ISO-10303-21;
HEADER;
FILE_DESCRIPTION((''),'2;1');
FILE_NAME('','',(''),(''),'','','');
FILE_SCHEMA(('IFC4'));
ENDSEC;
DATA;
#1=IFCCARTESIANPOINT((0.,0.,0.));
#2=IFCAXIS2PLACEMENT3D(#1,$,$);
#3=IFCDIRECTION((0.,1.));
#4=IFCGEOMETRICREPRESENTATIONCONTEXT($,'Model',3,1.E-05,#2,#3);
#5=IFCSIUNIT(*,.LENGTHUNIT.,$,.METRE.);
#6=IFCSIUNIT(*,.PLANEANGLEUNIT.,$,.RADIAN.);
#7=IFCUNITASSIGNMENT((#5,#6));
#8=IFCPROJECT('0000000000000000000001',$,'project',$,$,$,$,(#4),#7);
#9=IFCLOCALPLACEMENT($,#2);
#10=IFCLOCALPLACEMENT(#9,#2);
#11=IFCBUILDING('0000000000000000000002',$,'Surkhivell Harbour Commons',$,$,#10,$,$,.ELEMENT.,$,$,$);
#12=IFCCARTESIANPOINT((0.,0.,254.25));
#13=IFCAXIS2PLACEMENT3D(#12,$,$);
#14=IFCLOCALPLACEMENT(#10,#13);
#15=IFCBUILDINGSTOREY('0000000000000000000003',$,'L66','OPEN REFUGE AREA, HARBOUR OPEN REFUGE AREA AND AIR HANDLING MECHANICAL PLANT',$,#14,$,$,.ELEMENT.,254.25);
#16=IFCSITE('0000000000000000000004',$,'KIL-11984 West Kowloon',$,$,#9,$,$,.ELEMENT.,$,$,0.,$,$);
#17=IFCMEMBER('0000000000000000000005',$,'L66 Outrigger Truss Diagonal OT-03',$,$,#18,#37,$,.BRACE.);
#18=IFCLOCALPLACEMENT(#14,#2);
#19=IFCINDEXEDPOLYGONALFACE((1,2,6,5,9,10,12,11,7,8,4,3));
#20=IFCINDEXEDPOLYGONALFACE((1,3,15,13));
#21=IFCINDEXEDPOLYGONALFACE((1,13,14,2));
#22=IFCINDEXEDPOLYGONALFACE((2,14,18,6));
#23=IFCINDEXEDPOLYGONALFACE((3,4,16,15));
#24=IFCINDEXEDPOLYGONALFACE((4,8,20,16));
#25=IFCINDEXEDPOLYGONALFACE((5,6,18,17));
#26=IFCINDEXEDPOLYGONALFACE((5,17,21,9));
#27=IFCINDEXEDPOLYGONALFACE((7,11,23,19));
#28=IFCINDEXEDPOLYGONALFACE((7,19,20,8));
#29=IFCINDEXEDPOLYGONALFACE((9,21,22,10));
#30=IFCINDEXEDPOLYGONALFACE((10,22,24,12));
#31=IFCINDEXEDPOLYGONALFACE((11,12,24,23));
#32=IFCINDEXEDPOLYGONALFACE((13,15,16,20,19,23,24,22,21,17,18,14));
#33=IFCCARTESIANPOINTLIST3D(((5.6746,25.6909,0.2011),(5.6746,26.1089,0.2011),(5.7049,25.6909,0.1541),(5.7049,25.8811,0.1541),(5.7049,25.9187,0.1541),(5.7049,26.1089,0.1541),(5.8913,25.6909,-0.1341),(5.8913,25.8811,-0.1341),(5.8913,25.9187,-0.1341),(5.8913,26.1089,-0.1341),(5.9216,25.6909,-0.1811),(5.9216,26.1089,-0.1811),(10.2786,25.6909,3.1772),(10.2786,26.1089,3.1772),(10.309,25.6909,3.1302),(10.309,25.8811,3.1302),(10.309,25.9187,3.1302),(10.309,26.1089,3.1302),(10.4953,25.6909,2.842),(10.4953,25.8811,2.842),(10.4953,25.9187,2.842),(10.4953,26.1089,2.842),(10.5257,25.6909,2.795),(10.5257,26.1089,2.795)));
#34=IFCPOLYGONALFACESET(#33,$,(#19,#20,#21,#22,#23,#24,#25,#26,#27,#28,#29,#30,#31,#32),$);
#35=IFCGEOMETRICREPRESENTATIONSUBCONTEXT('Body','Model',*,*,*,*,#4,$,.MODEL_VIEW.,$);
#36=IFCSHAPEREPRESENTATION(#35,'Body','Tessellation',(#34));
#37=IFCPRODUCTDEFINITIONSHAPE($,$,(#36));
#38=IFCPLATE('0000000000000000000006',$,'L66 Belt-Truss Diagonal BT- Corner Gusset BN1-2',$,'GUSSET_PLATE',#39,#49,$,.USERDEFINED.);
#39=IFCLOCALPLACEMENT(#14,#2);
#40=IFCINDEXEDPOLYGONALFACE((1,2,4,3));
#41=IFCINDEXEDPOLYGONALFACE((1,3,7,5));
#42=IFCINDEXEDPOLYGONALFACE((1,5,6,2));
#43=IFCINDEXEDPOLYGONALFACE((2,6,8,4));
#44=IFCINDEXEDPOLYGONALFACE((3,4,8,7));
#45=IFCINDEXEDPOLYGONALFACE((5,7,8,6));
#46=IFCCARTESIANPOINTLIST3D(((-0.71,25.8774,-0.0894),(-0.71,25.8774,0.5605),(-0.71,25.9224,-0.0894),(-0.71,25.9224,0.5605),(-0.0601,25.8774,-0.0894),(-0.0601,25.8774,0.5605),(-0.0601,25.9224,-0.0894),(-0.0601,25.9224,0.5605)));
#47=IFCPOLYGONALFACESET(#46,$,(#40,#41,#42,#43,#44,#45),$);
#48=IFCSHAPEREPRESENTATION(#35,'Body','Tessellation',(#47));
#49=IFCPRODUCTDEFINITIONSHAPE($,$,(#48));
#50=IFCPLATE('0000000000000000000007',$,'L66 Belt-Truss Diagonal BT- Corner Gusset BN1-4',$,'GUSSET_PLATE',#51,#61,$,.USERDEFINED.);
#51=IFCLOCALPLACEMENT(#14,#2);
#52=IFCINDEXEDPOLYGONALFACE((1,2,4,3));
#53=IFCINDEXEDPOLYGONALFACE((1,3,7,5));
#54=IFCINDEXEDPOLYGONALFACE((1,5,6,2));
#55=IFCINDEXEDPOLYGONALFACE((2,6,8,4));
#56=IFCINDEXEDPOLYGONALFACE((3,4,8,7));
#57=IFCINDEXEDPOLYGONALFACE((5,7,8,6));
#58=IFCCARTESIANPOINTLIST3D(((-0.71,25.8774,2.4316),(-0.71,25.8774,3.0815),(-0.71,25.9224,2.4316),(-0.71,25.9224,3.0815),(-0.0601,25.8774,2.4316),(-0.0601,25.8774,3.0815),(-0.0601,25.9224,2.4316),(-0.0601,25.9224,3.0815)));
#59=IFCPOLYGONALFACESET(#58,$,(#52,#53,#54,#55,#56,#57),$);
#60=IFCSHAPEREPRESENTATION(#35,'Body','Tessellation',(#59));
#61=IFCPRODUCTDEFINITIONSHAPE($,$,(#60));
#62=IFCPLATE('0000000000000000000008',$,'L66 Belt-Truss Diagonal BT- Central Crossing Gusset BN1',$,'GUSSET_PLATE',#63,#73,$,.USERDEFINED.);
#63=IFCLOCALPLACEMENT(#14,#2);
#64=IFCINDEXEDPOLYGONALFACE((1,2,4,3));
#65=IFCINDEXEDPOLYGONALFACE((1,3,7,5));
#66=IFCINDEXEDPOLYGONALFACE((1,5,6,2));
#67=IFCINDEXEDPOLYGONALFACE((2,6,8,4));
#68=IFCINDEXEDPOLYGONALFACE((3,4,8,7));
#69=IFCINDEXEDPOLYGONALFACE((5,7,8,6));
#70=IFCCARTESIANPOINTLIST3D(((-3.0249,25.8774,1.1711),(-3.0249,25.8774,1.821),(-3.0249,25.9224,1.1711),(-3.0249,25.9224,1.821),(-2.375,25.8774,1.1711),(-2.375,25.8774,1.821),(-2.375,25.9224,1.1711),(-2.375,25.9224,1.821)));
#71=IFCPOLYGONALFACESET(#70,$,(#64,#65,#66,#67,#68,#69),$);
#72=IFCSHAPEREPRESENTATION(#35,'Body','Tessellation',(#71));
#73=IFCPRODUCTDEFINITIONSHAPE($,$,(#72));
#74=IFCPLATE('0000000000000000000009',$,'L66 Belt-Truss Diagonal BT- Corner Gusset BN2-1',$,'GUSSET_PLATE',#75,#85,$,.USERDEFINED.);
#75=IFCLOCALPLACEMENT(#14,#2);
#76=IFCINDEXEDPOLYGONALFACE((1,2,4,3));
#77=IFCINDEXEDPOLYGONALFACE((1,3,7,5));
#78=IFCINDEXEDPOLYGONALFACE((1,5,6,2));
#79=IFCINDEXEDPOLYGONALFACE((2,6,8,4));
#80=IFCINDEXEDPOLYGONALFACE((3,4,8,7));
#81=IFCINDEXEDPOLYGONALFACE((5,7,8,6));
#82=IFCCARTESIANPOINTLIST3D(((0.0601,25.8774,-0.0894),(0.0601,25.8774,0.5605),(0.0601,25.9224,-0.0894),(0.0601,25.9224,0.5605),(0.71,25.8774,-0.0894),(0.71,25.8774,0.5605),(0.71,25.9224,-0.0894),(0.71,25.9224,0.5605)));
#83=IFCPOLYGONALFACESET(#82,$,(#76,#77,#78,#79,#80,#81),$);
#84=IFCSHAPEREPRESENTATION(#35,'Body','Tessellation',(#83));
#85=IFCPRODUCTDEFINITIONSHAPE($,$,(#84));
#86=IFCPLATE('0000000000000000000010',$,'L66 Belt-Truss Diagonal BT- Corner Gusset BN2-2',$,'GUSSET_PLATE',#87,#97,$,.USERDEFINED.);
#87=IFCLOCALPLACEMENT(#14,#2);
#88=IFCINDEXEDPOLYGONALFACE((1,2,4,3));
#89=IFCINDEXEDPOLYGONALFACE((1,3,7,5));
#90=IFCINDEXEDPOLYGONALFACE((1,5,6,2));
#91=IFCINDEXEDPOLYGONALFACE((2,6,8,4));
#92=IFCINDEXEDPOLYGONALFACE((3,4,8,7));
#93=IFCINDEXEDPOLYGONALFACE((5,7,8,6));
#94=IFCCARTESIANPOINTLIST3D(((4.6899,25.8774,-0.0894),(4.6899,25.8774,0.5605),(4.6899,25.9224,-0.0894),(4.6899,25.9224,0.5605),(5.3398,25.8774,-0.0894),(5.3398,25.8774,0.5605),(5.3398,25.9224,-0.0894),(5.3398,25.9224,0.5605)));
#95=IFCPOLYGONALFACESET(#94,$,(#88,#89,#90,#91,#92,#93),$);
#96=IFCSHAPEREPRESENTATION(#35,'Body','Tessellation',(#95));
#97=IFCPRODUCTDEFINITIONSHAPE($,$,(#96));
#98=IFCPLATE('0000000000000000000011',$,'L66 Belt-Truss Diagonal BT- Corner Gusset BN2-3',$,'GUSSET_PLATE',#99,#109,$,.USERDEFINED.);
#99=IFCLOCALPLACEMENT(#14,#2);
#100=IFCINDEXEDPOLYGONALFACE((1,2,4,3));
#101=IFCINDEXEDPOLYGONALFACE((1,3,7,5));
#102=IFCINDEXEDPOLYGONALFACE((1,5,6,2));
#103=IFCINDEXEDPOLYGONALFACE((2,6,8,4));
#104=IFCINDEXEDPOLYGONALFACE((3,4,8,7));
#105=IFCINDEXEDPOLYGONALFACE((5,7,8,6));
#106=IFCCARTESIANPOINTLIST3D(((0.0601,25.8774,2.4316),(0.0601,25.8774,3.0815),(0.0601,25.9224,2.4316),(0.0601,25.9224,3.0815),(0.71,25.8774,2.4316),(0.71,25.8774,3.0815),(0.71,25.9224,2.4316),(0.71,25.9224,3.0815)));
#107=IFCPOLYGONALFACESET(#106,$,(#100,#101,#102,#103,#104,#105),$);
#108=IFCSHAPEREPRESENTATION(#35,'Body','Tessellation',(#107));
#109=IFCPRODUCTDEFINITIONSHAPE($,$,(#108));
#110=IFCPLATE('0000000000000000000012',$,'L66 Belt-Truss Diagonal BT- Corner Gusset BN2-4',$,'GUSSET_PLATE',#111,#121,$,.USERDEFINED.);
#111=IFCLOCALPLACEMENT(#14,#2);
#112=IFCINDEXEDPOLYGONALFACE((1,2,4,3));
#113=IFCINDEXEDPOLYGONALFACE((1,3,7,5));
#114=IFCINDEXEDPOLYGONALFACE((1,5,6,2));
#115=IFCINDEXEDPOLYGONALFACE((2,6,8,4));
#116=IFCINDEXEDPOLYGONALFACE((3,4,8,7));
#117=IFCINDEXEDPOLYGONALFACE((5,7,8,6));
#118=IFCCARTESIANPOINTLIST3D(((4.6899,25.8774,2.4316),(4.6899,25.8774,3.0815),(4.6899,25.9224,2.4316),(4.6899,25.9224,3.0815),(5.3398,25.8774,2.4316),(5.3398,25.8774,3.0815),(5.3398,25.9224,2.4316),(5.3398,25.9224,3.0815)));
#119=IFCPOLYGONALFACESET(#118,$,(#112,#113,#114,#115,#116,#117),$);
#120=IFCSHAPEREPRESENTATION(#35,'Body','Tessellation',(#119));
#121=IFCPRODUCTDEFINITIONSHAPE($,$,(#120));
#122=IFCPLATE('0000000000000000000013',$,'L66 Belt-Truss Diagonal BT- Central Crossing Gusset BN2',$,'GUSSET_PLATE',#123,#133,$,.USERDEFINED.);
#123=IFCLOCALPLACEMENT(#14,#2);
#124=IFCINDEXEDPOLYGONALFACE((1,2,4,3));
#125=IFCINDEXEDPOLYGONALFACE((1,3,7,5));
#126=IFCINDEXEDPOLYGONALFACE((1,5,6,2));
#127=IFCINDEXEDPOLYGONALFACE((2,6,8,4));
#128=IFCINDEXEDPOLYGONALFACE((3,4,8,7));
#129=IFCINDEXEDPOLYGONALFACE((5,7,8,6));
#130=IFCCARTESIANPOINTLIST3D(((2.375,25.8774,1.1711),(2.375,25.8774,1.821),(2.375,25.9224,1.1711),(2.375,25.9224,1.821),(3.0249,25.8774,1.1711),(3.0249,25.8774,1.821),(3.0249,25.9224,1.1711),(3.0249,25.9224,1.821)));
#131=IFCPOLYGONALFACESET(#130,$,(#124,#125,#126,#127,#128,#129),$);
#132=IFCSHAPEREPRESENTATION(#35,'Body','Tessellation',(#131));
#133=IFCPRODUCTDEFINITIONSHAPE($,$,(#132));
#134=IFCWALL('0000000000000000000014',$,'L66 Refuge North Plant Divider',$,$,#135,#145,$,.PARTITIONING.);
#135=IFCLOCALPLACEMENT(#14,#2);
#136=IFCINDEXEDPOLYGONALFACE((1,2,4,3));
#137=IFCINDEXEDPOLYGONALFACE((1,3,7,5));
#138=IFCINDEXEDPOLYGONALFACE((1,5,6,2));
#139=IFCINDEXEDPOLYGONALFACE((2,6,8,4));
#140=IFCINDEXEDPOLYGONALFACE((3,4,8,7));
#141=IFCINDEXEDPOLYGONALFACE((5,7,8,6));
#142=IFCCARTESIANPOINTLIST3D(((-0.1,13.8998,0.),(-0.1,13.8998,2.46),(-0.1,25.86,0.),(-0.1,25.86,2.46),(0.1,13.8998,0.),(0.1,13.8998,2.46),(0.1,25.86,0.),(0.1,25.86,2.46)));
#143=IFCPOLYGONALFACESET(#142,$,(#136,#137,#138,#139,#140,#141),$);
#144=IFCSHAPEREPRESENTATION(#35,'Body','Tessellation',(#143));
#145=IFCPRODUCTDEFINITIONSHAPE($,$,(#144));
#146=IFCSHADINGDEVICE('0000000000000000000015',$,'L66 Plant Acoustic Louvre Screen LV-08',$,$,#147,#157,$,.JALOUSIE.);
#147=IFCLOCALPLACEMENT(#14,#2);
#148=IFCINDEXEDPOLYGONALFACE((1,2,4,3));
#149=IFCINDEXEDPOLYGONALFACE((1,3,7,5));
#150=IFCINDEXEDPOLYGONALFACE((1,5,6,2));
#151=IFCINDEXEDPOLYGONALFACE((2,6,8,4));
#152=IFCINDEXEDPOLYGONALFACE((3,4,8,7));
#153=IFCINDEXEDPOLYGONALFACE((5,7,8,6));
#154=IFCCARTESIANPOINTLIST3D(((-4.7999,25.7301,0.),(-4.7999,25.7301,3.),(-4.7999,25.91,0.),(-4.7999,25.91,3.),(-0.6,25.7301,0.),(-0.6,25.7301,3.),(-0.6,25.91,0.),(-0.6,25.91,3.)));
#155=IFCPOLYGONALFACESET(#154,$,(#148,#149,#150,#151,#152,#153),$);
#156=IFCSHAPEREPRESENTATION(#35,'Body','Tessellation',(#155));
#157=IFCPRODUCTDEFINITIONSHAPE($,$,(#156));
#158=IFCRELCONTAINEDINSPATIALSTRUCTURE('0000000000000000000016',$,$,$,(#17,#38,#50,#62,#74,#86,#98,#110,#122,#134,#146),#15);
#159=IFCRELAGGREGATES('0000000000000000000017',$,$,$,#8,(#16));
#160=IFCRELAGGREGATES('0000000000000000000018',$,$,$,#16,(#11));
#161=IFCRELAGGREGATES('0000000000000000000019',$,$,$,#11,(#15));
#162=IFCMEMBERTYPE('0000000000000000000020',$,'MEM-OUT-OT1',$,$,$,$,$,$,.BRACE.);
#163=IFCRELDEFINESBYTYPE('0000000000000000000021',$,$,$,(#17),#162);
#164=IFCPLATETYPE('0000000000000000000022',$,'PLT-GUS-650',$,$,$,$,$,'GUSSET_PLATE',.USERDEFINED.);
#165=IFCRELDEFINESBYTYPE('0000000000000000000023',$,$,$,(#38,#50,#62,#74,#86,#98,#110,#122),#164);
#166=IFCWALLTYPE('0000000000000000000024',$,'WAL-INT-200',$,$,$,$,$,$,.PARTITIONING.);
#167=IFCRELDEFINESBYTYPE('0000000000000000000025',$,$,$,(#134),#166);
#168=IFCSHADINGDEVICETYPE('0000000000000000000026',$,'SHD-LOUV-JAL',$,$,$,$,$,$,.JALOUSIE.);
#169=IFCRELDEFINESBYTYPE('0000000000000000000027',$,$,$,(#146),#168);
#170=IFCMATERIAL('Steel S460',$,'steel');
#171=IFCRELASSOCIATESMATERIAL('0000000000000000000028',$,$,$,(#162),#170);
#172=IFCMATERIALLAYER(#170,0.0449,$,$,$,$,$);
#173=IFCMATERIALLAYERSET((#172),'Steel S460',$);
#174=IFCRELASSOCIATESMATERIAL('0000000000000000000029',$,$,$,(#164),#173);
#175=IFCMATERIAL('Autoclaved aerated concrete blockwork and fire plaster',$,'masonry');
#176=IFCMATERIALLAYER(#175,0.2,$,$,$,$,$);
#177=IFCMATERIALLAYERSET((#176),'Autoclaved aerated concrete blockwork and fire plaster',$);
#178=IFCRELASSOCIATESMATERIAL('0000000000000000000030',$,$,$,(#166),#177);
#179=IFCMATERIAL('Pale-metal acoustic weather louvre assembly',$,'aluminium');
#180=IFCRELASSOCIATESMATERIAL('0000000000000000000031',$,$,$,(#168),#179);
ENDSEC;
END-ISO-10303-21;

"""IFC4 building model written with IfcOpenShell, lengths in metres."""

from ifc_helpers import new_model, si_unit, direction, frame, frame_2d, origin, origin_2d, place, context, subcontext, project, spatial, rectangle, i_section, extrude, material, layer, layer_set, material_profile, profile_set, type_object, element, save


model = new_model("IFC4")

# Units and contexts
model_context = context("Model", 3, precision=1e-05, world=origin(), true_north=direction((0.0, 1.0)))
body_context = subcontext(model_context, "Body", "Model", "MODEL_VIEW")
ifc_project = project(units=[si_unit("LENGTHUNIT", "METRE"), si_unit("PLANEANGLEUNIT", "RADIAN")], contexts=[model_context])

# Site, building, storey
site_placement = place(None, origin())
site = spatial("IfcSite", under=ifc_project, at=site_placement, Name="KIL-11984 West Kowloon", CompositionType="ELEMENT", RefElevation=0.0)
building_placement = place(site_placement, origin())
building = spatial("IfcBuilding", under=site, at=building_placement, Name="Surkhivell Harbour Commons", CompositionType="ELEMENT")
storey_placement = place(building_placement, frame((0.0, 0.0, 254.25)))
storey = spatial("IfcBuildingStorey", under=building, at=storey_placement, Name="L66", Description="OPEN REFUGE AREA, HARBOUR OPEN REFUGE AREA AND AIR HANDLING MECHANICAL PLANT", CompositionType="ELEMENT", Elevation=254.25)

# Shared definitions
ifc_material_1 = material(Name="Steel S460", Category="steel")

# Member
ifc_material_profile_1 = material_profile(ifc_material_1, i_section(OverallWidth=0.418, OverallDepth=0.4551, WebThickness=0.0376, FlangeThickness=0.0559, at=origin_2d()), Name="HD400x551")
ifc_profile_set_1 = profile_set([ifc_material_profile_1], Name="Steel S460")
member_type_1 = type_object("IfcMemberType", Name="MEM-OUT-OT1", PredefinedType="BRACE", material=ifc_profile_set_1)
member_1_placement = place(storey_placement, frame((5.7981, 25.8999, 0.01), z_axis=(0.839819, 0.0, 0.542867), x_axis=(0.0, 1.0, 0.0)))
element("IfcMember", 1, at=member_1_placement, inside=storey, type_object=member_type_1, Name="L66 Outrigger Truss Diagonal OT-03", PredefinedType="BRACE", context=body_context, shape_type="SweptSolid", body=[
    extrude(i_section(OverallWidth=0.418, OverallDepth=0.4551, WebThickness=0.0376, FlangeThickness=0.0559, at=origin_2d()), origin(), (0.0, 0.0, 1.0), 5.4822),
])

# Plates
ifc_layer_1 = layer(ifc_material_1, 0.0449)
ifc_layer_set_1 = layer_set([ifc_layer_1], Name="Steel S460")
plate_type = type_object("IfcPlateType", Name="PLT-GUS-650", ElementType="GUSSET_PLATE", PredefinedType="USERDEFINED", material=ifc_layer_set_1)
for number, where, z_axis, x_axis, name in (
    (2, (-0.385, 25.8999, -0.0894), (0.0, 0.0, 1.0), (1.0, 0.0, 0.0), "L66 Belt-Truss Diagonal BT- Corner Gusset BN1-2"),
    (3, (-0.385, 25.8999, 2.4316), (0.0, 0.0, 1.0), (1.0, 0.0, 0.0), "L66 Belt-Truss Diagonal BT- Corner Gusset BN1-4"),
    (4, (-2.7, 25.8999, 1.1711), (0.0, 0.0, 1.0), (1.0, 0.0, 0.0), "L66 Belt-Truss Diagonal BT- Central Crossing Gusset BN1"),
    (5, (0.385, 25.8999, -0.0894), (0.0, 0.0, 1.0), (1.0, 0.0, 0.0), "L66 Belt-Truss Diagonal BT- Corner Gusset BN2-1"),
    (6, (5.0149, 25.8999, -0.0894), (0.0, 0.0, 1.0), (1.0, 0.0, 0.0), "L66 Belt-Truss Diagonal BT- Corner Gusset BN2-2"),
    (7, (0.385, 25.8999, 2.4316), (0.0, 0.0, 1.0), (1.0, 0.0, 0.0), "L66 Belt-Truss Diagonal BT- Corner Gusset BN2-3"),
    (8, (5.0149, 25.8999, 2.4316), (0.0, 0.0, 1.0), (1.0, 0.0, 0.0), "L66 Belt-Truss Diagonal BT- Corner Gusset BN2-4"),
    (9, (2.7, 25.8999, 1.1711), (0.0, 0.0, 1.0), (1.0, 0.0, 0.0), "L66 Belt-Truss Diagonal BT- Central Crossing Gusset BN2"),
):
    element("IfcPlate", number, at=place(storey_placement, frame(where, z_axis=z_axis, x_axis=x_axis)), inside=storey, type_object=plate_type, Name=name, ObjectType="GUSSET_PLATE", PredefinedType="USERDEFINED", context=body_context, shape_type="SweptSolid", body=[
        extrude(rectangle(XDim=0.6499, YDim=0.0449, at=origin_2d()), origin(), (0.0, 0.0, 1.0), 0.6499),
    ])

# Wall
ifc_material_2 = material(Name="Autoclaved aerated concrete blockwork and fire plaster", Category="masonry")
ifc_layer_2 = layer(ifc_material_2, 0.2)
ifc_layer_set_2 = layer_set([ifc_layer_2], Name="Autoclaved aerated concrete blockwork and fire plaster")
wall_type = type_object("IfcWallType", Name="WAL-INT-200", PredefinedType="PARTITIONING", material=ifc_layer_set_2)
wall_placement = place(storey_placement, frame((0.0, 13.8999, 0.0), z_axis=(0.0, 0.0, 1.0), x_axis=(0.0, 1.0, 0.0)))
element("IfcWall", 10, at=wall_placement, inside=storey, type_object=wall_type, Name="L66 Refuge North Plant Divider", PredefinedType="PARTITIONING", context=body_context, shape_type="SweptSolid", body=[
    extrude(rectangle(XDim=11.9602, YDim=0.2, at=frame_2d((5.98, 0.0))), origin(), (0.0, 0.0, 1.0), 2.46),
])

# Shading device
ifc_material_3 = material(Name="Pale-metal acoustic weather louvre assembly", Category="aluminium")
shading_device_type = type_object("IfcShadingDeviceType", Name="SHD-LOUV-JAL", PredefinedType="JALOUSIE", material=ifc_material_3)
shading_device_placement = place(storey_placement, frame((-2.7, 25.8201, 0.0), z_axis=(0.0, 0.0, 1.0), x_axis=(1.0, 0.0, 0.0)))
element("IfcShadingDevice", 11, at=shading_device_placement, inside=storey, type_object=shading_device_type, Name="L66 Plant Acoustic Louvre Screen LV-08", PredefinedType="JALOUSIE", context=body_context, shape_type="SweptSolid", body=[
    extrude(rectangle(XDim=4.2, YDim=0.1799, at=origin_2d()), origin(), (0.0, 0.0, 1.0), 3.0),
])

save(model, "model.ifc")
